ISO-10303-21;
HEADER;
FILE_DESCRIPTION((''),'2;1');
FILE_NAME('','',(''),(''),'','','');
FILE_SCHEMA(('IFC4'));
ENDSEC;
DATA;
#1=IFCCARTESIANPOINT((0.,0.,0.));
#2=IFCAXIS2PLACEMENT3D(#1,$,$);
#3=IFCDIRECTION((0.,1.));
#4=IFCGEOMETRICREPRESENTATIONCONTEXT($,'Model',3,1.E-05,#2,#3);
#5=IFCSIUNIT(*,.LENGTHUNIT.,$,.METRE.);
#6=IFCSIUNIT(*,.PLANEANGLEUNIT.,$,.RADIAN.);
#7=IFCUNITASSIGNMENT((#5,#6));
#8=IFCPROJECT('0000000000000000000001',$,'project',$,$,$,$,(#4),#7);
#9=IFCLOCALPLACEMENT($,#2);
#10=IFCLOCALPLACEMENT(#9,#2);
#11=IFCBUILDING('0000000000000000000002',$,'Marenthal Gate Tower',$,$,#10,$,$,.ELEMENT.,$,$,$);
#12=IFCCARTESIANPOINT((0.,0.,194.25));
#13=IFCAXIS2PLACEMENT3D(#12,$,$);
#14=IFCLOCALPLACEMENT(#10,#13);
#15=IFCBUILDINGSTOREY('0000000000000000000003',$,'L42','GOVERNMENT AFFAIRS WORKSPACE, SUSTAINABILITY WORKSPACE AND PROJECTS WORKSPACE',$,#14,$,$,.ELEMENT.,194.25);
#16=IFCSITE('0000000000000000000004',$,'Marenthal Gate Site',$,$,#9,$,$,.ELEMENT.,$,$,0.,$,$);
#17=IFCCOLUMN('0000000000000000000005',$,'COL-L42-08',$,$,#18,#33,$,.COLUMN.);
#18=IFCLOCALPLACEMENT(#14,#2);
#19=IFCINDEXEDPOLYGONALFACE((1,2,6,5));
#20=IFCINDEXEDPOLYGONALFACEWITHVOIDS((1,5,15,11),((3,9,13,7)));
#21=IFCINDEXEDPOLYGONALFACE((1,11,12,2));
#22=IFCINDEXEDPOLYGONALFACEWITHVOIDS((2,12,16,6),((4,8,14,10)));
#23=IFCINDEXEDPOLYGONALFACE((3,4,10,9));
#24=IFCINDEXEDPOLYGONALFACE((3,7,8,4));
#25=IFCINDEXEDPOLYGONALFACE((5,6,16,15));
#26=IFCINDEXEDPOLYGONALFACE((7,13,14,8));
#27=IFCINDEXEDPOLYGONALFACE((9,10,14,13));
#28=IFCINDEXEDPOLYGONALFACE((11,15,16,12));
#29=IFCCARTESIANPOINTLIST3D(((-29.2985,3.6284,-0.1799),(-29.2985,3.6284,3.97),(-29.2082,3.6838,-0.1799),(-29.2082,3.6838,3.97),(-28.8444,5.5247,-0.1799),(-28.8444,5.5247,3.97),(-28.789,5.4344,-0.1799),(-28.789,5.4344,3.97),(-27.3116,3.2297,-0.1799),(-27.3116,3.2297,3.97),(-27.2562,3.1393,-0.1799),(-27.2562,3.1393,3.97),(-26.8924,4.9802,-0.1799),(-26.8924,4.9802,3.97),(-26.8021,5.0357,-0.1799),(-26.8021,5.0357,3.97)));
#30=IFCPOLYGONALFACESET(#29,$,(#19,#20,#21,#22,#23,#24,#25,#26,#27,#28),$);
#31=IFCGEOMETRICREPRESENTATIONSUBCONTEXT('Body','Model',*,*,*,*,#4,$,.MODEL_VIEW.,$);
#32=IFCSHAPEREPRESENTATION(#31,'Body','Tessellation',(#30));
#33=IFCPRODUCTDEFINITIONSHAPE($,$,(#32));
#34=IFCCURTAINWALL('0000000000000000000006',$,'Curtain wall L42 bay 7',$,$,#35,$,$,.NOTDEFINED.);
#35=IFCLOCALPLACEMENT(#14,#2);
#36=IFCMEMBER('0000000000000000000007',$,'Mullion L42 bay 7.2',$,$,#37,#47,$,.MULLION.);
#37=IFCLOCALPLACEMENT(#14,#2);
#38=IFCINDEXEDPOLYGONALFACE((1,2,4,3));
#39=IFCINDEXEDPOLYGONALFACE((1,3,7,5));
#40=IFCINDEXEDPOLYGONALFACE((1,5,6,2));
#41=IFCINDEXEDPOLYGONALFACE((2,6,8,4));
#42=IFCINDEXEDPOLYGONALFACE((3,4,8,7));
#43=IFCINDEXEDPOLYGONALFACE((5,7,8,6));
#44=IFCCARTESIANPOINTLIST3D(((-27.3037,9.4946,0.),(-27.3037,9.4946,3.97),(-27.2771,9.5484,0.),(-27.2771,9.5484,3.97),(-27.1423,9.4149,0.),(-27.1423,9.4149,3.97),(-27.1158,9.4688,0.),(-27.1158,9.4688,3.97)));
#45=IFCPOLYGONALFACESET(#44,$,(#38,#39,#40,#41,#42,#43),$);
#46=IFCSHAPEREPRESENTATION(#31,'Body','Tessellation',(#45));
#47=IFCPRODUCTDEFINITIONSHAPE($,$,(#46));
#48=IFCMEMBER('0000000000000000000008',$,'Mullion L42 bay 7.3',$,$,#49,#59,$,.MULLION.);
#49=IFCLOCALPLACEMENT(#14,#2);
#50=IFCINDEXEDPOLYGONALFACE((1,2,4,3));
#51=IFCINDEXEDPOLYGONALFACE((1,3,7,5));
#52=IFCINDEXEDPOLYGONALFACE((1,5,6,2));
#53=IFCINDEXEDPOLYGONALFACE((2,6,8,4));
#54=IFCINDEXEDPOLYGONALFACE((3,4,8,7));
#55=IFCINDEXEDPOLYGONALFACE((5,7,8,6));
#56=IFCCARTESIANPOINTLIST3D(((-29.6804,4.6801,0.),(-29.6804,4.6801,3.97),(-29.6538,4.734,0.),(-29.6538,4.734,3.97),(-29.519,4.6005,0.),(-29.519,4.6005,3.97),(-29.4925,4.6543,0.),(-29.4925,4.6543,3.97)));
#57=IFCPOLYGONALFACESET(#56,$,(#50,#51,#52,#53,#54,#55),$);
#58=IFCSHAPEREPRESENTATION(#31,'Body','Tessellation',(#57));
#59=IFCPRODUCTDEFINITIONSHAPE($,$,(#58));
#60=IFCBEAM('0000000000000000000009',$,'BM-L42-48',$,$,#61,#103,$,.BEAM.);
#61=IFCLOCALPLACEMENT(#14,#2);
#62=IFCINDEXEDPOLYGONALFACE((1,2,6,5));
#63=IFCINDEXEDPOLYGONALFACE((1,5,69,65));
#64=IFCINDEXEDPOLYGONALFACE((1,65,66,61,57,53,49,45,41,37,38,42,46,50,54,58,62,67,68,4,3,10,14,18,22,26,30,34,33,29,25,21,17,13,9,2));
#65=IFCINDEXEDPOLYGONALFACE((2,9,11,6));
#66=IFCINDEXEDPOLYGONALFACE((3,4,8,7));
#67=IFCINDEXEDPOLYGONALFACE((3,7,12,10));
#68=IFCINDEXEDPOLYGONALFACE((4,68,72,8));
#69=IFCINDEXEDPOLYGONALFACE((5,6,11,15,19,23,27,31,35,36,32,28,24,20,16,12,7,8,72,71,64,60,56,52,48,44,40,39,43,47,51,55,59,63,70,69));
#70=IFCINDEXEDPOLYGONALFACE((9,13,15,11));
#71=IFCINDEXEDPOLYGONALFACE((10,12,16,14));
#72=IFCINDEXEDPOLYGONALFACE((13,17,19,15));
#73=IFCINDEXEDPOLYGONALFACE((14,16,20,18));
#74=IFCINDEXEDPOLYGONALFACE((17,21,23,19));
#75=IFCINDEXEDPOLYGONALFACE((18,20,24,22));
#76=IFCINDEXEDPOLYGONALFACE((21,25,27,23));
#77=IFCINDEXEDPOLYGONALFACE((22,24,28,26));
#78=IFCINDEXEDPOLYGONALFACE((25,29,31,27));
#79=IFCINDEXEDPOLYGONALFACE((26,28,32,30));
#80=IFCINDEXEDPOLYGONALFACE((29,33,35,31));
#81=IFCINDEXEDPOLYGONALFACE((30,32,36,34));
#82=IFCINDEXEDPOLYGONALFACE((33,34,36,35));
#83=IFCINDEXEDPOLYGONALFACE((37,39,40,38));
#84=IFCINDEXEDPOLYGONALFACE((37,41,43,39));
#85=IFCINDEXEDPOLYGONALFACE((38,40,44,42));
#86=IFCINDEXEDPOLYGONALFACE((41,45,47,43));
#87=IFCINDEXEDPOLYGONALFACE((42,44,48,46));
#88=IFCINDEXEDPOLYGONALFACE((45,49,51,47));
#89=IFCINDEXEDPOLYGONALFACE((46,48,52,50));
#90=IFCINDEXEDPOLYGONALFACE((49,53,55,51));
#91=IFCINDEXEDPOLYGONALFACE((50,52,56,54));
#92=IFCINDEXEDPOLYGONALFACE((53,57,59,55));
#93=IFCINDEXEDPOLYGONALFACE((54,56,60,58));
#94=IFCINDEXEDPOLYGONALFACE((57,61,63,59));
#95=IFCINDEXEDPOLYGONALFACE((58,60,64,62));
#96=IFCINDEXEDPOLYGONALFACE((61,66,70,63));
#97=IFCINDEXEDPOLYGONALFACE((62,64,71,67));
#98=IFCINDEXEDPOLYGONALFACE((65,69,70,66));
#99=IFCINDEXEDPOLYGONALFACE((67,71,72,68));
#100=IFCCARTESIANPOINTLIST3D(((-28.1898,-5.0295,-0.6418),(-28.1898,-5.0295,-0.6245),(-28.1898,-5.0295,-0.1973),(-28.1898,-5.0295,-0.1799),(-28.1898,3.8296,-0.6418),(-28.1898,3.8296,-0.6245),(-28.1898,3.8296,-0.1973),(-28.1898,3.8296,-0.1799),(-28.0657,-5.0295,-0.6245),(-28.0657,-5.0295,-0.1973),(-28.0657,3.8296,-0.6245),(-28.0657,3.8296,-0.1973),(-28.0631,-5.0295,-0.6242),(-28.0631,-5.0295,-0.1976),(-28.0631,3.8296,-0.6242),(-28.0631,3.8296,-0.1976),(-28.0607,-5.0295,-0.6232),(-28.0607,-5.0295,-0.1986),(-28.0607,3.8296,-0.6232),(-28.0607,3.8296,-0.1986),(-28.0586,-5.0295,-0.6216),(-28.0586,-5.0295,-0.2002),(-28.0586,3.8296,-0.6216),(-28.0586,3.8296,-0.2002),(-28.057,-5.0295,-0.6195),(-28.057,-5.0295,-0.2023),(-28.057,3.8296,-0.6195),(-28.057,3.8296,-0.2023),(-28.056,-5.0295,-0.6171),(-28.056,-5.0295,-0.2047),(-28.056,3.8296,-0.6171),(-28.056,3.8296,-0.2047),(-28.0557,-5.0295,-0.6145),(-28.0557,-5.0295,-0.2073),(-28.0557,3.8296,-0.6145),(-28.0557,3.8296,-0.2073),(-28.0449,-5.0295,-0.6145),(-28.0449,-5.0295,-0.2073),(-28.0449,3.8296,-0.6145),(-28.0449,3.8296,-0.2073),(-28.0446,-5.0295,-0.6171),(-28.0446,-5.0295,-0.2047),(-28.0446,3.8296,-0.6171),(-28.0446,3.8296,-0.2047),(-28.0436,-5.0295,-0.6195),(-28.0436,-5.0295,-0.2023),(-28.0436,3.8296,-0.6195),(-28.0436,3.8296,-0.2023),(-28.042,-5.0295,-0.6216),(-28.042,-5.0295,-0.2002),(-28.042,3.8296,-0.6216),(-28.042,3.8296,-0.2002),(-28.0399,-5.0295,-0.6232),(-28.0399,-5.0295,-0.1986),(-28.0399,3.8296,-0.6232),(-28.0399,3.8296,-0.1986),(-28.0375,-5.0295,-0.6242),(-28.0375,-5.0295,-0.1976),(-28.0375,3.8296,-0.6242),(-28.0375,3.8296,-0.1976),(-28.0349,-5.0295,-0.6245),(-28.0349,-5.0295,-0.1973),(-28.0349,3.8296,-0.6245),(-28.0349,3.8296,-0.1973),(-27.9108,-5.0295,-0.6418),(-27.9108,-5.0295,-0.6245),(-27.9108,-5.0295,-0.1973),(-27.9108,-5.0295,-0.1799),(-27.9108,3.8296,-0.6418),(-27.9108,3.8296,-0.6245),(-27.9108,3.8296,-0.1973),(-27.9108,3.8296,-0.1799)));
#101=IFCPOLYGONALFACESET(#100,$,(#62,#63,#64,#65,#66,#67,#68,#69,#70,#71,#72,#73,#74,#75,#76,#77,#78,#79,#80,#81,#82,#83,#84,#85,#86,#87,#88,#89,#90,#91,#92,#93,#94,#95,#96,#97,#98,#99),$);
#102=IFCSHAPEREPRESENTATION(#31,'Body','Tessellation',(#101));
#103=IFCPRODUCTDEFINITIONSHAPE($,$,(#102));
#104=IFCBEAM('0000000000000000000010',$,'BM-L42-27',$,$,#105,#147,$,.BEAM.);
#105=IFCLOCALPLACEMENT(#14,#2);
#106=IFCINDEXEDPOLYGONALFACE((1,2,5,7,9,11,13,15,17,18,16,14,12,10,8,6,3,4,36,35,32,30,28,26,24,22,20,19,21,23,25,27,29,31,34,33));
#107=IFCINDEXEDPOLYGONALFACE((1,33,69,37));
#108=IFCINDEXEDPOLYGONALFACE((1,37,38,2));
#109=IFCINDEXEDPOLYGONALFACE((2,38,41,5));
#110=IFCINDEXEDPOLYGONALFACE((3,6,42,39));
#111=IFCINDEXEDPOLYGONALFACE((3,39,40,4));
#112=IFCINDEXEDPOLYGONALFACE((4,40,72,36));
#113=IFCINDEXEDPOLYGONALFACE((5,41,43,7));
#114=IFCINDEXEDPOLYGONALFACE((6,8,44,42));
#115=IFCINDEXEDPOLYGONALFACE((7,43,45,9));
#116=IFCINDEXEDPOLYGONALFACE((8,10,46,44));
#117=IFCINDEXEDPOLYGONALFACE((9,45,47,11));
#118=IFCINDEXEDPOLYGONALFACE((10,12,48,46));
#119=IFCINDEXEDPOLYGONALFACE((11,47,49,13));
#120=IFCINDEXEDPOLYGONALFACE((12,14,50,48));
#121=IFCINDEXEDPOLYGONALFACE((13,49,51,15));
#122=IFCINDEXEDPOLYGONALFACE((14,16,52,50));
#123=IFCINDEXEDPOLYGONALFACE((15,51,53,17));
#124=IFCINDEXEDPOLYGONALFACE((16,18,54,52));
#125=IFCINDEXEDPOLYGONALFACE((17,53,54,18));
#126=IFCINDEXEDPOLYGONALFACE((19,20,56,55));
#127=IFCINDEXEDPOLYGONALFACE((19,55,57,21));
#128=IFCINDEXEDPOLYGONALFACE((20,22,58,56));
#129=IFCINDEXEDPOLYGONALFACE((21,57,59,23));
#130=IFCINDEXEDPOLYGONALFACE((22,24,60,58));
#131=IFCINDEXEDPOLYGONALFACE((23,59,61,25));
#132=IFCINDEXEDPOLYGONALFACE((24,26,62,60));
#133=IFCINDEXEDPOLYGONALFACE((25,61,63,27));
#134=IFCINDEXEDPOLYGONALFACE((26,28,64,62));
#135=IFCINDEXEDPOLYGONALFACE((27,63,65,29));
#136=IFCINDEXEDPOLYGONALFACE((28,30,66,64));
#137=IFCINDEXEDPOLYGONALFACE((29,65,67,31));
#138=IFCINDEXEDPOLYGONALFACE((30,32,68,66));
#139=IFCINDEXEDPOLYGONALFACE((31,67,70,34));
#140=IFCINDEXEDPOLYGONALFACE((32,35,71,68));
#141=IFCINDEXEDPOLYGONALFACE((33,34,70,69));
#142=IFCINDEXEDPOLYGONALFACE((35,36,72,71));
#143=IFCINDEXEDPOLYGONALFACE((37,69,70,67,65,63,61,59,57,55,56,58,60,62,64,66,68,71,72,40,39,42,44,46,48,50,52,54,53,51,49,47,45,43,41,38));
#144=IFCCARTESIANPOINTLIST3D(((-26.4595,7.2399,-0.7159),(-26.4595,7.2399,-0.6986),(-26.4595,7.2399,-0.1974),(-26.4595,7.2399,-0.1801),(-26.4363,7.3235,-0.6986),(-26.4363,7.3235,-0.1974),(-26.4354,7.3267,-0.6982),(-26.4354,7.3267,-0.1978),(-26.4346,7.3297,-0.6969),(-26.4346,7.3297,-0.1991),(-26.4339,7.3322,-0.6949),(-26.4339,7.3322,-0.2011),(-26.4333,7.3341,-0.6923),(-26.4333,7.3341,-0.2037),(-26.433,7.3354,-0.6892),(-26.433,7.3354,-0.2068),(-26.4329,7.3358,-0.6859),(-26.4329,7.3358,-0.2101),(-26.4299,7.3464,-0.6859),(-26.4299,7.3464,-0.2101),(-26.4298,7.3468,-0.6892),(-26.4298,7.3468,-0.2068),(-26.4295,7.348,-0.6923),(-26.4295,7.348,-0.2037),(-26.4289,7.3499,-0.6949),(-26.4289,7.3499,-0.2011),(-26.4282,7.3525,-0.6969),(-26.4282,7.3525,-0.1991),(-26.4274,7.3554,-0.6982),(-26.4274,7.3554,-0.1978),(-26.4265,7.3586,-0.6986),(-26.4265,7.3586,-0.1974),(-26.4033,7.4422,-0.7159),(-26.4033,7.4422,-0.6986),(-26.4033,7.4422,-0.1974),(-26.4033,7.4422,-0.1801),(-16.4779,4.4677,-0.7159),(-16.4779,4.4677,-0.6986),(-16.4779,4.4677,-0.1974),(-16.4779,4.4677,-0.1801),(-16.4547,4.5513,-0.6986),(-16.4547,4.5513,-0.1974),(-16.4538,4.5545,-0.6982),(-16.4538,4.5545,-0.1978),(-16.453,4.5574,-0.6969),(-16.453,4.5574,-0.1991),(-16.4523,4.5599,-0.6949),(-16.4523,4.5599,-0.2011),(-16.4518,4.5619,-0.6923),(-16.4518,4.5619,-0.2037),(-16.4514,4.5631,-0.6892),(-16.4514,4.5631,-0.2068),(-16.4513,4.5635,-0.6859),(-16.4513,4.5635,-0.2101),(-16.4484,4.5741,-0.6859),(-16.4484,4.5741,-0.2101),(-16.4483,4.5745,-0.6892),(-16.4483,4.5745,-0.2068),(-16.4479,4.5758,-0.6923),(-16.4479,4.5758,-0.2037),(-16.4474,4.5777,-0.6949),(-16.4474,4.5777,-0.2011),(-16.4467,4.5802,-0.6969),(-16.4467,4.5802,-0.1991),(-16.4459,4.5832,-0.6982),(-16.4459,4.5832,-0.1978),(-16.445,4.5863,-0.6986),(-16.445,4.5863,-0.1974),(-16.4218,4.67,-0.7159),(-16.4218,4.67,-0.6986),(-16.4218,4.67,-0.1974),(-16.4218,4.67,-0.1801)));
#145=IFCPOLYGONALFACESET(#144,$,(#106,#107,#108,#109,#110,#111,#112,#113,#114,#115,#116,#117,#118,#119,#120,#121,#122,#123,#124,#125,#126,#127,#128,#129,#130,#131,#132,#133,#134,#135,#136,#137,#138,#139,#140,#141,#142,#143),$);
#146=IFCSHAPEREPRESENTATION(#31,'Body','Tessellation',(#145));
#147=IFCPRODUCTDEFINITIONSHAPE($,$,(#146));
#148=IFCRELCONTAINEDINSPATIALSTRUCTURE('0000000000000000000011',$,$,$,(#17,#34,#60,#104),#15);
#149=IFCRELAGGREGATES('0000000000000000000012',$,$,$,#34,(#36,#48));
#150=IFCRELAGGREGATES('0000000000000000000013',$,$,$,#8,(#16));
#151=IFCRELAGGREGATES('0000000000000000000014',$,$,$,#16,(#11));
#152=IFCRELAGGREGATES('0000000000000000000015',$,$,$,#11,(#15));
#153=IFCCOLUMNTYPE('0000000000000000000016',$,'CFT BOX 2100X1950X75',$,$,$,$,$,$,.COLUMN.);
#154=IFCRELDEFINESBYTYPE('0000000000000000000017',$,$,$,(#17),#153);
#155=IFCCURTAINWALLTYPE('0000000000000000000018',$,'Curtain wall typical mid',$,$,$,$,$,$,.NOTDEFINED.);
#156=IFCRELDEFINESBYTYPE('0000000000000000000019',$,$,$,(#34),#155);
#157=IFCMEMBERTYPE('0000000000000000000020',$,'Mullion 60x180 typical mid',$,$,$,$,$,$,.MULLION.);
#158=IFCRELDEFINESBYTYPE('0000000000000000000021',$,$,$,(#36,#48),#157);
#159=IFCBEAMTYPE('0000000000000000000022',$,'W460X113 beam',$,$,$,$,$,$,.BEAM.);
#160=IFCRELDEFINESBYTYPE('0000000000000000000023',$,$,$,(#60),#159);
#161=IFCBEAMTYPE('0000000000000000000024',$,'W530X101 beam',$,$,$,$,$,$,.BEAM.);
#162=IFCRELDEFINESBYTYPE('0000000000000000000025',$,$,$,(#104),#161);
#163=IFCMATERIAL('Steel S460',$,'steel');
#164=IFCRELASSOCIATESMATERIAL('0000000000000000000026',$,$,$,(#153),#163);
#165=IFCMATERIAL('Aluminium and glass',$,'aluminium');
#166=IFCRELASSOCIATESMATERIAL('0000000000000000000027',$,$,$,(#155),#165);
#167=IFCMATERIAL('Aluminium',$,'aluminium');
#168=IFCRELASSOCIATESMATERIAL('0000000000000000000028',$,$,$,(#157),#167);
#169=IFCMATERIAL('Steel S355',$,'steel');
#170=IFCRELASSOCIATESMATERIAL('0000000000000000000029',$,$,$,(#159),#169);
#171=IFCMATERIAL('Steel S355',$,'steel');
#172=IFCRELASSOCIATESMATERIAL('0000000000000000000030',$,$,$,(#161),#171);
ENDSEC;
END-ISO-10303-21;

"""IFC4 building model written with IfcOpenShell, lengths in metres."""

from ifc_helpers import new_model, si_unit, direction, frame, origin, origin_2d, place, context, subcontext, project, spatial, rectangle, hollow_rectangle, i_section, extrude, material, material_profile, profile_set, type_object, element, aggregate, save


model = new_model("IFC4")

# Units and contexts
model_context = context("Model", 3, precision=1e-05, world=origin(), true_north=direction((0.0, 1.0)))
body_context = subcontext(model_context, "Body", "Model", "MODEL_VIEW")
ifc_project = project(units=[si_unit("LENGTHUNIT", "METRE"), si_unit("PLANEANGLEUNIT", "RADIAN")], contexts=[model_context])

# Site, building, storey
site_placement = place(None, origin())
site = spatial("IfcSite", under=ifc_project, at=site_placement, Name="Marenthal Gate Site", CompositionType="ELEMENT", RefElevation=0.0)
building_placement = place(site_placement, origin())
building = spatial("IfcBuilding", under=site, at=building_placement, Name="Marenthal Gate Tower", CompositionType="ELEMENT")
storey_placement = place(building_placement, frame((0.0, 0.0, 194.25)))
storey = spatial("IfcBuildingStorey", under=building, at=storey_placement, Name="L42", Description="GOVERNMENT AFFAIRS WORKSPACE, SUSTAINABILITY WORKSPACE AND PROJECTS WORKSPACE", CompositionType="ELEMENT", Elevation=194.25)

# Column
ifc_material_1 = material(Name="Steel S460", Category="steel")
ifc_material_profile_1 = material_profile(ifc_material_1, hollow_rectangle(XDim=1.95, YDim=2.1001, WallThickness=0.075, at=origin_2d()), Name="CFT BOX 2100X1950X75")
ifc_material_2 = material(Name="Concrete 70 MPa", Category="concrete")
ifc_material_profile_2 = material_profile(ifc_material_2, rectangle(XDim=1.8, YDim=1.95, at=origin_2d()), Name="CFT BOX 2100X1950X75 INFILL")
ifc_profile_set_1 = profile_set([ifc_material_profile_1, ifc_material_profile_2], Name="Steel S460 shell, Concrete 70 MPa infill")
column_type = type_object("IfcColumnType", Name="CFT BOX 2100X1950X75", PredefinedType="COLUMN", material=ifc_profile_set_1)
column_placement = place(storey_placement, frame((-28.0503, 4.332, -0.1799), z_axis=(0.0, 0.0, 1.0), x_axis=(0.23288, 0.972505, 0.0)))
element("IfcColumn", 1, at=column_placement, inside=storey, type_object=column_type, Name="COL-L42-08", PredefinedType="COLUMN", context=body_context, shape_type="SweptSolid", body=[
    extrude(hollow_rectangle(XDim=1.95, YDim=2.1001, WallThickness=0.075, at=origin_2d()), origin(), (0.0, 0.0, 1.0), 4.1499),
])

# Curtain wall, members
ifc_material_3 = material(Name="Aluminium and glass", Category="aluminium")
curtain_wall_type = type_object("IfcCurtainWallType", Name="Curtain wall typical mid", PredefinedType="NOTDEFINED", material=ifc_material_3)
curtain_wall_placement = place(storey_placement, origin())
curtain_wall = element("IfcCurtainWall", 2, at=curtain_wall_placement, inside=storey, type_object=curtain_wall_type, Name="Curtain wall L42 bay 7", PredefinedType="NOTDEFINED")
ifc_material_4 = material(Name="Aluminium", Category="aluminium")
ifc_material_profile_3 = material_profile(ifc_material_4, rectangle(XDim=0.1799, YDim=0.0601, at=origin_2d()), Name="60x180 aluminium mullion")
ifc_profile_set_2 = profile_set([ifc_material_profile_3], Name="Aluminium")
member_type = type_object("IfcMemberType", Name="Mullion 60x180 typical mid", PredefinedType="MULLION", material=ifc_profile_set_2)
member_1_placement = place(storey_placement, frame((-27.2097, 9.4817, 0.0), z_axis=(0.0, 0.0, 1.0), x_axis=(0.896681, -0.442678, 0.0)))
member_1 = element("IfcMember", 3, at=member_1_placement, type_object=member_type, Name="Mullion L42 bay 7.2", PredefinedType="MULLION", context=body_context, shape_type="SweptSolid", body=[
    extrude(rectangle(XDim=0.1799, YDim=0.0601, at=origin_2d()), origin(), (0.0, 0.0, 1.0), 3.97),
])
member_2_placement = place(storey_placement, frame((-29.5864, 4.6672, 0.0), z_axis=(0.0, 0.0, 1.0), x_axis=(0.896681, -0.442678, 0.0)))
member_2 = element("IfcMember", 4, at=member_2_placement, type_object=member_type, Name="Mullion L42 bay 7.3", PredefinedType="MULLION", context=body_context, shape_type="SweptSolid", body=[
    extrude(rectangle(XDim=0.1799, YDim=0.0601, at=origin_2d()), origin(), (0.0, 0.0, 1.0), 3.97),
])

# Beams
ifc_material_5 = material(Name="Steel S355", Category="steel")
ifc_material_profile_4 = material_profile(ifc_material_5, i_section(OverallWidth=0.2791, OverallDepth=0.4619, WebThickness=0.0107, FlangeThickness=0.0173, FilletRadius=0.01, at=origin_2d()), Name="W460X113")
ifc_profile_set_3 = profile_set([ifc_material_profile_4], Name="Steel S355")
beam_type_1 = type_object("IfcBeamType", Name="W460X113 beam", PredefinedType="BEAM", material=ifc_profile_set_3)
beam_1_placement = place(storey_placement, frame((-28.0503, 3.8296, -0.4109), z_axis=(0.0, -1.0, 0.0), x_axis=(1.0, 0.0, 0.0)))
element("IfcBeam", 5, at=beam_1_placement, inside=storey, type_object=beam_type_1, Name="BM-L42-48", PredefinedType="BEAM", context=body_context, shape_type="SweptSolid", body=[
    extrude(i_section(OverallWidth=0.2791, OverallDepth=0.4619, WebThickness=0.0107, FlangeThickness=0.0173, FilletRadius=0.01, at=origin_2d()), origin(), (0.0, 0.0, 1.0), 8.8591),
])
ifc_material_6 = material(Name="Steel S355", Category="steel")
ifc_material_profile_5 = material_profile(ifc_material_6, i_section(OverallWidth=0.21, OverallDepth=0.5359, WebThickness=0.011, FlangeThickness=0.0173, FilletRadius=0.0127, at=origin_2d()), Name="W530X101")
ifc_profile_set_4 = profile_set([ifc_material_profile_5], Name="Steel S355")
beam_type_2 = type_object("IfcBeamType", Name="W530X101 beam", PredefinedType="BEAM", material=ifc_profile_set_4)
beam_2_placement = place(storey_placement, frame((-26.4314, 7.3411, -0.448), z_axis=(0.963528, -0.267607, 0.0), x_axis=(0.267607, 0.963528, 0.0)))
element("IfcBeam", 6, at=beam_2_placement, inside=storey, type_object=beam_type_2, Name="BM-L42-27", PredefinedType="BEAM", context=body_context, shape_type="SweptSolid", body=[
    extrude(i_section(OverallWidth=0.21, OverallDepth=0.5359, WebThickness=0.011, FlangeThickness=0.0173, FilletRadius=0.0127, at=origin_2d()), origin(), (0.0, 0.0, 1.0), 10.3594),
])

aggregate(curtain_wall, [member_1, member_2])

save(model, "model.ifc")
